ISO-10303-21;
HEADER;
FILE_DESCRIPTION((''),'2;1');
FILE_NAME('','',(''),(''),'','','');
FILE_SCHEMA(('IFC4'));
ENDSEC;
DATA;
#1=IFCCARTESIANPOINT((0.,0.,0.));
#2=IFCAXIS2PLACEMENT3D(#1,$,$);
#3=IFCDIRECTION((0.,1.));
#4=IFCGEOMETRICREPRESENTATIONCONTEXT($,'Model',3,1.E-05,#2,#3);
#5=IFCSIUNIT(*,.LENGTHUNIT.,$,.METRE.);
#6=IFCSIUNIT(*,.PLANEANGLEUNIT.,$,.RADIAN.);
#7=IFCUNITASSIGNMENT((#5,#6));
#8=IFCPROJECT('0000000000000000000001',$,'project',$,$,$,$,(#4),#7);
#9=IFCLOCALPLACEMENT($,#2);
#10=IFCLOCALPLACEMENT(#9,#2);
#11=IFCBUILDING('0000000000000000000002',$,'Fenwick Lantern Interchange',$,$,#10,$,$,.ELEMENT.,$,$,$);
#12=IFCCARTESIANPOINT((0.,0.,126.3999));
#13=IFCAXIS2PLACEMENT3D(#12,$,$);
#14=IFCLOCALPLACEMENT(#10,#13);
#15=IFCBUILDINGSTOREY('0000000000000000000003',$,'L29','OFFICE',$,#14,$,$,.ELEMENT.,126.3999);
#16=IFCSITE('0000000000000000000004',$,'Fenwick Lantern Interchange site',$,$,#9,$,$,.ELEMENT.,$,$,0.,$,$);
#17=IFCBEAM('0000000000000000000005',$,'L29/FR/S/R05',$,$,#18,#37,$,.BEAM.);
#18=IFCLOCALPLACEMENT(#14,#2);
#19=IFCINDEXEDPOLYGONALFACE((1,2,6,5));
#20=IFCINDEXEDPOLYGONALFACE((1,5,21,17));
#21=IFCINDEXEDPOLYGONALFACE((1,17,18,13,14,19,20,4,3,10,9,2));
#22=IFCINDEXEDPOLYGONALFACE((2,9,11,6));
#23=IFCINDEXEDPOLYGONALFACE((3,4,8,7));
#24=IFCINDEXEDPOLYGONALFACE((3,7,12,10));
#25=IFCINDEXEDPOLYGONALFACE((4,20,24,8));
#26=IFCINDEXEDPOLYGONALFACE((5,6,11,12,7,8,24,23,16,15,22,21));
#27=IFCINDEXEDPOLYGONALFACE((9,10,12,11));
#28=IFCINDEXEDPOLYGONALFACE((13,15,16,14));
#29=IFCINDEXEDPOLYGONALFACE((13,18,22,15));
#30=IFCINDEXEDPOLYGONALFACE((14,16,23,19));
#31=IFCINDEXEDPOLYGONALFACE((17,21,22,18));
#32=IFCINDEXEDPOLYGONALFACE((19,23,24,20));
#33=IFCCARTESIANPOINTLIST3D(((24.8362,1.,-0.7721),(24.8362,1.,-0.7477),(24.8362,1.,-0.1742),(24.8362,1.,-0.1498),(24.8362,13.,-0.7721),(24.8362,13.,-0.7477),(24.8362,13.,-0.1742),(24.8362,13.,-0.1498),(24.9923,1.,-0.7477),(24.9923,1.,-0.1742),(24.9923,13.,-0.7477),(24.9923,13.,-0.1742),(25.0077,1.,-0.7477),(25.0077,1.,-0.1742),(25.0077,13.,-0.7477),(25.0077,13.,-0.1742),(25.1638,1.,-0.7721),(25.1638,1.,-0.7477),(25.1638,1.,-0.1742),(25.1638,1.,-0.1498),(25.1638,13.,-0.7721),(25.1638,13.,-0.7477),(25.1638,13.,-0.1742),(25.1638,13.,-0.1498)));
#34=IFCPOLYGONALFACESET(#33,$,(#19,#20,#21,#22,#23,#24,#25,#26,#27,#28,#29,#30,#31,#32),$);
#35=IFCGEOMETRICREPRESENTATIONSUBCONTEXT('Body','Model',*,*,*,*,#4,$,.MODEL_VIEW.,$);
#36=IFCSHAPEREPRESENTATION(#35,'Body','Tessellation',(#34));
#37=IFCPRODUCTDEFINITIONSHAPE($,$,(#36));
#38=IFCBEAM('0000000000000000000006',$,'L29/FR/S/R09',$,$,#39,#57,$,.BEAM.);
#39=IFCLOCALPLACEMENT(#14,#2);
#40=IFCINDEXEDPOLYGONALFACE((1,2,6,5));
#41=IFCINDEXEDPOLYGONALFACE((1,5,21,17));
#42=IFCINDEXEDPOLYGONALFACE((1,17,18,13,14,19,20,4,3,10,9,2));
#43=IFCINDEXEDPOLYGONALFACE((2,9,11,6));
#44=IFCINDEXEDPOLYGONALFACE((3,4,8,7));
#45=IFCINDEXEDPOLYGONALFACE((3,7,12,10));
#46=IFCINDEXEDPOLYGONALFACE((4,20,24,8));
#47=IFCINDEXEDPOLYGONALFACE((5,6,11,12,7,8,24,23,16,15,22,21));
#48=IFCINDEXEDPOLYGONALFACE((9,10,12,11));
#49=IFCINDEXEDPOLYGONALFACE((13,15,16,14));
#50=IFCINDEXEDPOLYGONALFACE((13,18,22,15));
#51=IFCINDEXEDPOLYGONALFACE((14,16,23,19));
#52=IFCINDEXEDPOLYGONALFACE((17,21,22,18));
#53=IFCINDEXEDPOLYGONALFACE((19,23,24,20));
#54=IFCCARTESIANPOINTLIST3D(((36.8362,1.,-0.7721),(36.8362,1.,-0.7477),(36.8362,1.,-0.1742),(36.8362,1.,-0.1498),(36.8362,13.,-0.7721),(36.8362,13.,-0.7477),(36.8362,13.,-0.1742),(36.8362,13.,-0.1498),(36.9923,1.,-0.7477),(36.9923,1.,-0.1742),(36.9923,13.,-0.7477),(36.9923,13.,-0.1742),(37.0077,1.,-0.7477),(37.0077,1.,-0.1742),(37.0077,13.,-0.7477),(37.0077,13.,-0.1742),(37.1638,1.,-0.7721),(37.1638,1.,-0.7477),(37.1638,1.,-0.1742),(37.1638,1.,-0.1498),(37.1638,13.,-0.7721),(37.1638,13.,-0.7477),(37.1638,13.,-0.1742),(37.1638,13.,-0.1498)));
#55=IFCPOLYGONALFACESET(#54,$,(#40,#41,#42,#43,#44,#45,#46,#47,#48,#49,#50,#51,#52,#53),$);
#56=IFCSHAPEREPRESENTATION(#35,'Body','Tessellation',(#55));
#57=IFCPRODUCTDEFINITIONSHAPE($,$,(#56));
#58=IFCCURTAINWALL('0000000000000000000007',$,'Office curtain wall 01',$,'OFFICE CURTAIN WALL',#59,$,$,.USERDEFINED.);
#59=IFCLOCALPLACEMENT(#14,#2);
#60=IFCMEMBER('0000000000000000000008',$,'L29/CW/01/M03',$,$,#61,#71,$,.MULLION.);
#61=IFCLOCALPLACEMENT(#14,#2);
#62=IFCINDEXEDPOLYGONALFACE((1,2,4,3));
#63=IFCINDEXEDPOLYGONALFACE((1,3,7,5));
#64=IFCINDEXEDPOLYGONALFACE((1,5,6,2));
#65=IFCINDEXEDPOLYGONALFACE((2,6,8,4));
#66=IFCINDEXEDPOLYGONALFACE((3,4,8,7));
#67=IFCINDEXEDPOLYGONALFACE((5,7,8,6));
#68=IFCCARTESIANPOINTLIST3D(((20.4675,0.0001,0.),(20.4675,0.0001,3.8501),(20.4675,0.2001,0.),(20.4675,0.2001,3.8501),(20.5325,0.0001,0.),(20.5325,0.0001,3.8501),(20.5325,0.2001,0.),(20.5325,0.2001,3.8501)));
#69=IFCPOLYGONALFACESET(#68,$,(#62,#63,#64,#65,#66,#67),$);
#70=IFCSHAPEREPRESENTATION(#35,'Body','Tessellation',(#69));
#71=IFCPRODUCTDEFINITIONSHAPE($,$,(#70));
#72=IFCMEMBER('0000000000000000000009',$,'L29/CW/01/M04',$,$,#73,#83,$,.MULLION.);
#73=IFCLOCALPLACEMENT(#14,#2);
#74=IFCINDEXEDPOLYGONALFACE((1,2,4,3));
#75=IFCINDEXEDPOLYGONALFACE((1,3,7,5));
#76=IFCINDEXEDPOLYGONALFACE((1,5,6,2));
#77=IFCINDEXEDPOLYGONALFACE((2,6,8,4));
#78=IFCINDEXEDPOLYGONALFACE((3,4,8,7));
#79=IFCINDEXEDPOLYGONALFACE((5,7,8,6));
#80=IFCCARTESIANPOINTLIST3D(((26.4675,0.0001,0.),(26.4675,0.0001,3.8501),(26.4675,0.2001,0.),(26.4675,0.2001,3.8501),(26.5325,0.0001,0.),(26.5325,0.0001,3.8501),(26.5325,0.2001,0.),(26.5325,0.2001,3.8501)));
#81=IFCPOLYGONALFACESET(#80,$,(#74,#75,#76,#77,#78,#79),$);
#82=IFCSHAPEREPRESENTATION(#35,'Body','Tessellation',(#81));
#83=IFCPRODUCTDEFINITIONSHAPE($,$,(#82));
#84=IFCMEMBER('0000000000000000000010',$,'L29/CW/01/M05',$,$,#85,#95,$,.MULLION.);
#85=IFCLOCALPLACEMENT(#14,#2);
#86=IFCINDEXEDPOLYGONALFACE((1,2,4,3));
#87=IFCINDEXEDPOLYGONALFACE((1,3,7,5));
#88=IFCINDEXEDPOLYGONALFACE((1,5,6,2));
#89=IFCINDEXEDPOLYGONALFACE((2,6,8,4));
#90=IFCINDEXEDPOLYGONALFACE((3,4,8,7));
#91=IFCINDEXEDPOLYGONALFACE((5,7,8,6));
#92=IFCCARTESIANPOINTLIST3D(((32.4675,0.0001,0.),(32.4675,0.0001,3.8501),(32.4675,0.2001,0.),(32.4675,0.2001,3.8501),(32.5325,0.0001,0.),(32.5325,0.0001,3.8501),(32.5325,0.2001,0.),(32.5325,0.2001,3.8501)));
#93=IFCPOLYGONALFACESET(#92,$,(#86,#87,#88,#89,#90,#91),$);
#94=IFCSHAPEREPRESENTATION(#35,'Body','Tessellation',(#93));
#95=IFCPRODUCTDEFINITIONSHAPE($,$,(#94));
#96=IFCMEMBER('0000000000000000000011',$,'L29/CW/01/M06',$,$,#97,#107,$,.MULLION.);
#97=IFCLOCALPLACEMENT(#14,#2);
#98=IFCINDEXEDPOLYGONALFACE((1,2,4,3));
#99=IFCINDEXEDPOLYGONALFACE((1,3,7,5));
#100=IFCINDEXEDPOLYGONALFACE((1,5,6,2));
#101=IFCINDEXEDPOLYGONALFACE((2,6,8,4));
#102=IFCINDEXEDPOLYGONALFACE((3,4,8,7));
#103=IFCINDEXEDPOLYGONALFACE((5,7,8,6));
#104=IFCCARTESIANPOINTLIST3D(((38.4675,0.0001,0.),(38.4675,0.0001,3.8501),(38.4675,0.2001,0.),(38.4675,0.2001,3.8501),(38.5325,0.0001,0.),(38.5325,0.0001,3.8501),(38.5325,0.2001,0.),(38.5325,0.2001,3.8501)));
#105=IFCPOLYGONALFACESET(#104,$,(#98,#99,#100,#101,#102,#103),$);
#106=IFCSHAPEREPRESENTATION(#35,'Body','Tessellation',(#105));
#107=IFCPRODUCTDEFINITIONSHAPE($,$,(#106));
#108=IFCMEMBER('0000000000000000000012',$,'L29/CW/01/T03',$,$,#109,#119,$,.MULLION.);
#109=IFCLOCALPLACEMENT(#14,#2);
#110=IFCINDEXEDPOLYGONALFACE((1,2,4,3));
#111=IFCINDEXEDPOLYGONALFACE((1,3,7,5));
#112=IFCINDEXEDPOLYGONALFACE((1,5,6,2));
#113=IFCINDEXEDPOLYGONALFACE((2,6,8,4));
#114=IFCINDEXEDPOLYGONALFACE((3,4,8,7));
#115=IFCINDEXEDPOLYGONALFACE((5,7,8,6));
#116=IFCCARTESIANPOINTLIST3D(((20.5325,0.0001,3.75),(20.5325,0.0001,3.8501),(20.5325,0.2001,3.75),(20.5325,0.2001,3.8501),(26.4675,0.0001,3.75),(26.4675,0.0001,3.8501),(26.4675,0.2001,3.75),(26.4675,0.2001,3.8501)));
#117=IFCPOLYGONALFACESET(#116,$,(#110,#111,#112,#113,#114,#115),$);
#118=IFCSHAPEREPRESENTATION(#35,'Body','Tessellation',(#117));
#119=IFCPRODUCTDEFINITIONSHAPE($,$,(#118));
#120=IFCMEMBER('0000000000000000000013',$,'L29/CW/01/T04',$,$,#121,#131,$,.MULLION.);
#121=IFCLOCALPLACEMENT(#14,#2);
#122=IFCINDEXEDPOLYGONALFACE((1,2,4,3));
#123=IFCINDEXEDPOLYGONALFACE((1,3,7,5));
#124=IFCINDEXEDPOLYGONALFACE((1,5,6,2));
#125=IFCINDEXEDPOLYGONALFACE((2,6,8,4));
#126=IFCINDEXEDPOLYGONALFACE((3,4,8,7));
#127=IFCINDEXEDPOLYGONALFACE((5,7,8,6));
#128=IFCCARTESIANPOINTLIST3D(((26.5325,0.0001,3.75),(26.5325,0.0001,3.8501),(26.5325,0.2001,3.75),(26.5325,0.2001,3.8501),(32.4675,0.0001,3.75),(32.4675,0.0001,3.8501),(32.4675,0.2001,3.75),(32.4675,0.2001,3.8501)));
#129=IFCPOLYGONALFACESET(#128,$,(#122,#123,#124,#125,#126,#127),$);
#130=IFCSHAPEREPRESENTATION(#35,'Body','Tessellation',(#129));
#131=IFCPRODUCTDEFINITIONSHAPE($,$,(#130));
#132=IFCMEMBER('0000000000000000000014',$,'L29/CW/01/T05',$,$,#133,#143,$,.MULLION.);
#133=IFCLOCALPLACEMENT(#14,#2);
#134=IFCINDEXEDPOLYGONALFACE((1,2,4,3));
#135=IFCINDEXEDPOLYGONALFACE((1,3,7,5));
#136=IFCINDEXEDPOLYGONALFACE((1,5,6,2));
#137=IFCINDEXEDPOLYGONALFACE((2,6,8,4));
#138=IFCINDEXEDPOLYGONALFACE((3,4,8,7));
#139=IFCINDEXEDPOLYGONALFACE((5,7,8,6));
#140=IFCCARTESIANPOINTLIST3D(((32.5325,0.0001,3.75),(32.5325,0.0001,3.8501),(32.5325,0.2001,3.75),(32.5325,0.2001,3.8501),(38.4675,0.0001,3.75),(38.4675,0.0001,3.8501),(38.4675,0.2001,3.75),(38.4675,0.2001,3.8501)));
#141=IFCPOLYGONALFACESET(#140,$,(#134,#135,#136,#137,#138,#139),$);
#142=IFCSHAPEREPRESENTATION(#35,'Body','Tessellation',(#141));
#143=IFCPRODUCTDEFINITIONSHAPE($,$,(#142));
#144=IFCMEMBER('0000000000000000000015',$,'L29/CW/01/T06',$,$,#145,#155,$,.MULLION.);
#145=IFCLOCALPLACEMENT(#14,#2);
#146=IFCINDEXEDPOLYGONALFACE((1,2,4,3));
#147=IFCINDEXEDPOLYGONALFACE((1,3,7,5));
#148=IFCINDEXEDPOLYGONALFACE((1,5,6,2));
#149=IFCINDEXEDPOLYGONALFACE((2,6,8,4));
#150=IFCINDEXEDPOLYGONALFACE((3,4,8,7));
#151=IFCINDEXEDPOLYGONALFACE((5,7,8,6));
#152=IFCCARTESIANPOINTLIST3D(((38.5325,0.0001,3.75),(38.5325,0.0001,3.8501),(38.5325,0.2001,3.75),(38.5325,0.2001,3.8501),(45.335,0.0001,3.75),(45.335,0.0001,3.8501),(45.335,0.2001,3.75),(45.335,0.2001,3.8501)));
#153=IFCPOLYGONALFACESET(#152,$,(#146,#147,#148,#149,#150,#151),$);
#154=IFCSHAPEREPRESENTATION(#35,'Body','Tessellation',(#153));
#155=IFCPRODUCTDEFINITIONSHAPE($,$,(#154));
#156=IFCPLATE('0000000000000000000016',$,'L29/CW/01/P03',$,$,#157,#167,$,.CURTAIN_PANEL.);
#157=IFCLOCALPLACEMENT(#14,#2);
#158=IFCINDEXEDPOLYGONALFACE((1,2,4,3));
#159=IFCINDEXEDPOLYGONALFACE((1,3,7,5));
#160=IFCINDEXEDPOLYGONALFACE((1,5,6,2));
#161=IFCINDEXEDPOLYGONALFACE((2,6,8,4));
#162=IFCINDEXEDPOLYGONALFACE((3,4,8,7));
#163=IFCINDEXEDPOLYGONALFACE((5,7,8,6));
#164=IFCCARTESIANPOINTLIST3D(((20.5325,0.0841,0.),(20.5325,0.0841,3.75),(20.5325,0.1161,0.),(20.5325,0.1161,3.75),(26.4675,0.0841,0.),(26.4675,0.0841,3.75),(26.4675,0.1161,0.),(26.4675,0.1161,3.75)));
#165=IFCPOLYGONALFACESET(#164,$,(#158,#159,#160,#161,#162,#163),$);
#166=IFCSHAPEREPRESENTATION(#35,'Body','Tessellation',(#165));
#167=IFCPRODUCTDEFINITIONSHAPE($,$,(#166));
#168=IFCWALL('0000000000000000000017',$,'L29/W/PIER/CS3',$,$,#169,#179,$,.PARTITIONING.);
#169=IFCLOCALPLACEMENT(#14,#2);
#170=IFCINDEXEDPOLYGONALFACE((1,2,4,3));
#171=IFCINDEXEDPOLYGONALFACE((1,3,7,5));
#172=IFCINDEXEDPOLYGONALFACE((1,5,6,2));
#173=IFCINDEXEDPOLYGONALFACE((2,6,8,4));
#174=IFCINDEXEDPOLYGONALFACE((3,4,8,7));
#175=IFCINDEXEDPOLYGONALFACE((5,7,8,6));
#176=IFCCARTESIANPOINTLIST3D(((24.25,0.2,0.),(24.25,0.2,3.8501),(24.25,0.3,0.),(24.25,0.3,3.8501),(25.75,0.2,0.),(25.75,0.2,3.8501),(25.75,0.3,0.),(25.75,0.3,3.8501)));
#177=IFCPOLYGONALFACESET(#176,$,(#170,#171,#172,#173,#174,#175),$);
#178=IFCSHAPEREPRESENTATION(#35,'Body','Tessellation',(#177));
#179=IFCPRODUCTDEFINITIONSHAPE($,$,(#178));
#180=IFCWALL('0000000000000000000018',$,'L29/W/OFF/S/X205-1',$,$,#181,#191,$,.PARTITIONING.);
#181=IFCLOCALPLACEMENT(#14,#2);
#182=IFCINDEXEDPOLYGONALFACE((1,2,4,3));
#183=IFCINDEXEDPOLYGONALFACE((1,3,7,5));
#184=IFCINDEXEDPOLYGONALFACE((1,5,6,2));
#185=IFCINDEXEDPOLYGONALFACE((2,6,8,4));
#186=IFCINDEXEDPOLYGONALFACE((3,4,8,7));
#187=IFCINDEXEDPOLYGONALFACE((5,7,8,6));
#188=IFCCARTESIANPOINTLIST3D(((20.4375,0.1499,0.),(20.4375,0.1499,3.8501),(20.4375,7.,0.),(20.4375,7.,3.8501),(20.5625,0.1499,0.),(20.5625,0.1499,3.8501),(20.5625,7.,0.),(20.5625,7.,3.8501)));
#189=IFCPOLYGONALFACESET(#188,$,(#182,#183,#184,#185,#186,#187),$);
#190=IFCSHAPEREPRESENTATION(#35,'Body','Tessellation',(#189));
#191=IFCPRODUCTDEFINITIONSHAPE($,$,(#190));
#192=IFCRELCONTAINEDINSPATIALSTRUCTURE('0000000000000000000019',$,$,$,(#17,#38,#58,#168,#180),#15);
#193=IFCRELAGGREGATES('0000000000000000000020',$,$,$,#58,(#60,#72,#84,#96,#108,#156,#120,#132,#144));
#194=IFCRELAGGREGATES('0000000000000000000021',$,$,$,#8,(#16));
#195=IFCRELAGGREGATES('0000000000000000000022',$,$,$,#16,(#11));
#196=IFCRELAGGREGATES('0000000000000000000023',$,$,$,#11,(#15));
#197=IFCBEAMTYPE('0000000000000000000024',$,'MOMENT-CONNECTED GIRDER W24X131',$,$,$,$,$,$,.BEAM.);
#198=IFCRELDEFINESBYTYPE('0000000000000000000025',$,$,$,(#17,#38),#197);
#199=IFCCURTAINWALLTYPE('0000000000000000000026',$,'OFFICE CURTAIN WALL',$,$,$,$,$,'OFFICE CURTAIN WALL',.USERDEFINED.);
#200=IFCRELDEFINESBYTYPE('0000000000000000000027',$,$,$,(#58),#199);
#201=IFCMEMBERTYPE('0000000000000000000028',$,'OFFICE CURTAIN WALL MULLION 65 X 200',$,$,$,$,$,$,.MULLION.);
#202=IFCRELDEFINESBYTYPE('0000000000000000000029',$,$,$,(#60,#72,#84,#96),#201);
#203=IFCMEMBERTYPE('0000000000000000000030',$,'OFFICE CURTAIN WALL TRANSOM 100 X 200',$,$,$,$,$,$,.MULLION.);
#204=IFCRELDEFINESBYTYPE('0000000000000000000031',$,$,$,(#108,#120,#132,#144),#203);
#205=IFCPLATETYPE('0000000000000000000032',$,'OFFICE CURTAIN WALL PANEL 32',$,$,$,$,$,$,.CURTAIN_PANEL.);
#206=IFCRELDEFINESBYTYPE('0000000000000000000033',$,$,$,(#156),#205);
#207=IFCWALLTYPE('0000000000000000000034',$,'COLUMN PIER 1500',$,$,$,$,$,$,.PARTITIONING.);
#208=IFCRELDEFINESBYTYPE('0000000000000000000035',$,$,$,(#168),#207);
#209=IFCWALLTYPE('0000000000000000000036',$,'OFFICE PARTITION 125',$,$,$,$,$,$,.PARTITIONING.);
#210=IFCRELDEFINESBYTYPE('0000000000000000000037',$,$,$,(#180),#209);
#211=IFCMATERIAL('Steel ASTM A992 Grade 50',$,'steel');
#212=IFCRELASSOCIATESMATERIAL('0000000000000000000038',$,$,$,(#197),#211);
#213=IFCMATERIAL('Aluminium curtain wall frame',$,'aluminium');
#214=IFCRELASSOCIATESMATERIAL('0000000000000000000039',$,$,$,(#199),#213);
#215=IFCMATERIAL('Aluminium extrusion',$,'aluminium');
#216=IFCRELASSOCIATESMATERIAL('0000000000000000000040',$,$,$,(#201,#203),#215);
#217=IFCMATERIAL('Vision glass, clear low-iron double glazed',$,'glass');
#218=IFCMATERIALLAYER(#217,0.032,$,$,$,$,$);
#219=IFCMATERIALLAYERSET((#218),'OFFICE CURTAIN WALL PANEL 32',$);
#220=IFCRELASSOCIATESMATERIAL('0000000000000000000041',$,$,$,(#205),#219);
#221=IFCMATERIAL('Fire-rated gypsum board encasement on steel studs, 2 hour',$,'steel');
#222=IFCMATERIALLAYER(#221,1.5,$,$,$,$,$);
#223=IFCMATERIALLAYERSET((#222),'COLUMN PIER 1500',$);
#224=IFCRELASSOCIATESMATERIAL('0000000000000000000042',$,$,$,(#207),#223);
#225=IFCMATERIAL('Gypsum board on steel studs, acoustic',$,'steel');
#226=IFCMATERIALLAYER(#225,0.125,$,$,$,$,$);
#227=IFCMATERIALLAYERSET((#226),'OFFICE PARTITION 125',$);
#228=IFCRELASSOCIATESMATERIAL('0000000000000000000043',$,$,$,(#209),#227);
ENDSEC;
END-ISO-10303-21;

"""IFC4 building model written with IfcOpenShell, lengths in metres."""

from ifc_helpers import new_model, si_unit, direction, frame, frame_2d, origin, origin_2d, place, context, subcontext, project, spatial, rectangle, i_section, extrude, material, layer, layer_set, material_profile, profile_set, type_object, element, aggregate, save


model = new_model("IFC4")

# Units and contexts
model_context = context("Model", 3, precision=1e-05, world=origin(), true_north=direction((0.0, 1.0)))
body_context = subcontext(model_context, "Body", "Model", "MODEL_VIEW")
ifc_project = project(units=[si_unit("LENGTHUNIT", "METRE"), si_unit("PLANEANGLEUNIT", "RADIAN")], contexts=[model_context])

# Site, building, storey
site_placement = place(None, origin())
site = spatial("IfcSite", under=ifc_project, at=site_placement, Name="Fenwick Lantern Interchange site", CompositionType="ELEMENT", RefElevation=0.0)
building_placement = place(site_placement, origin())
building = spatial("IfcBuilding", under=site, at=building_placement, Name="Fenwick Lantern Interchange", CompositionType="ELEMENT")
storey_placement = place(building_placement, frame((0.0, 0.0, 126.3999)))
storey = spatial("IfcBuildingStorey", under=building, at=storey_placement, Name="L29", Description="OFFICE", CompositionType="ELEMENT", Elevation=126.3999)

# Beams
ifc_material_1 = material(Name="Steel ASTM A992 Grade 50", Category="steel")
ifc_material_profile_1 = material_profile(ifc_material_1, i_section(OverallWidth=0.3276, OverallDepth=0.6223, WebThickness=0.0154, FlangeThickness=0.0244, at=origin_2d()), Name="W24X131")
ifc_profile_set_1 = profile_set([ifc_material_profile_1], Name="Steel ASTM A992 Grade 50")
beam_type_1 = type_object("IfcBeamType", Name="MOMENT-CONNECTED GIRDER W24X131", PredefinedType="BEAM", material=ifc_profile_set_1)
for number, where, z_axis, x_axis, name in (
    (1, (25.0, 1.0, -0.4609), (0.0, 1.0, 0.0), (-1.0, 0.0, 0.0), "L29/FR/S/R05"),
    (2, (37.0, 1.0, -0.4609), (0.0, 1.0, 0.0), (-1.0, 0.0, 0.0), "L29/FR/S/R09"),
):
    element("IfcBeam", number, at=place(storey_placement, frame(where, z_axis=z_axis, x_axis=x_axis)), inside=storey, type_object=beam_type_1, Name=name, PredefinedType="BEAM", context=body_context, shape_type="SweptSolid", body=[
        extrude(i_section(OverallWidth=0.3276, OverallDepth=0.6223, WebThickness=0.0154, FlangeThickness=0.0244, at=origin_2d()), origin(), (0.0, 0.0, 1.0), 12.0),
    ])

# Curtain wall, members, plate
ifc_material_2 = material(Name="Aluminium curtain wall frame", Category="aluminium")
curtain_wall_type = type_object("IfcCurtainWallType", Name="OFFICE CURTAIN WALL", ElementType="OFFICE CURTAIN WALL", PredefinedType="USERDEFINED", material=ifc_material_2)
curtain_wall_placement = place(storey_placement, origin())
curtain_wall = element("IfcCurtainWall", 3, at=curtain_wall_placement, inside=storey, type_object=curtain_wall_type, Name="Office curtain wall 01", ObjectType="OFFICE CURTAIN WALL", PredefinedType="USERDEFINED")
ifc_material_3 = material(Name="Aluminium extrusion", Category="aluminium")
ifc_material_profile_2 = material_profile(ifc_material_3, rectangle(XDim=0.2, YDim=0.0649, at=origin_2d()), Name="OFFICE CURTAIN WALL MULLION 65 X 200")
ifc_profile_set_2 = profile_set([ifc_material_profile_2], Name="Aluminium extrusion")
member_type_1 = type_object("IfcMemberType", Name="OFFICE CURTAIN WALL MULLION 65 X 200", PredefinedType="MULLION", material=ifc_profile_set_2)
member_1_placement = place(storey_placement, frame((20.5, 0.1001, 0.0), z_axis=(0.0, 0.0, 1.0), x_axis=(0.0, 1.0, 0.0)))
member_1 = element("IfcMember", 4, at=member_1_placement, type_object=member_type_1, Name="L29/CW/01/M03", PredefinedType="MULLION", context=body_context, shape_type="SweptSolid", body=[
    extrude(rectangle(XDim=0.2, YDim=0.0649, at=origin_2d()), origin(), (0.0, 0.0, 1.0), 3.8501),
])
member_2_placement = place(storey_placement, frame((26.5, 0.1001, 0.0), z_axis=(0.0, 0.0, 1.0), x_axis=(0.0, 1.0, 0.0)))
member_2 = element("IfcMember", 5, at=member_2_placement, type_object=member_type_1, Name="L29/CW/01/M04", PredefinedType="MULLION", context=body_context, shape_type="SweptSolid", body=[
    extrude(rectangle(XDim=0.2, YDim=0.0649, at=origin_2d()), origin(), (0.0, 0.0, 1.0), 3.8501),
])
member_3_placement = place(storey_placement, frame((32.5, 0.1001, 0.0), z_axis=(0.0, 0.0, 1.0), x_axis=(0.0, 1.0, 0.0)))
member_3 = element("IfcMember", 6, at=member_3_placement, type_object=member_type_1, Name="L29/CW/01/M05", PredefinedType="MULLION", context=body_context, shape_type="SweptSolid", body=[
    extrude(rectangle(XDim=0.2, YDim=0.0649, at=origin_2d()), origin(), (0.0, 0.0, 1.0), 3.8501),
])
member_4_placement = place(storey_placement, frame((38.5, 0.1001, 0.0), z_axis=(0.0, 0.0, 1.0), x_axis=(0.0, 1.0, 0.0)))
member_4 = element("IfcMember", 7, at=member_4_placement, type_object=member_type_1, Name="L29/CW/01/M06", PredefinedType="MULLION", context=body_context, shape_type="SweptSolid", body=[
    extrude(rectangle(XDim=0.2, YDim=0.0649, at=origin_2d()), origin(), (0.0, 0.0, 1.0), 3.8501),
])
ifc_material_profile_3 = material_profile(ifc_material_3, rectangle(XDim=0.2, YDim=0.1001, at=origin_2d()), Name="OFFICE CURTAIN WALL TRANSOM 100 X 200")
ifc_profile_set_3 = profile_set([ifc_material_profile_3], Name="Aluminium extrusion")
member_type_2 = type_object("IfcMemberType", Name="OFFICE CURTAIN WALL TRANSOM 100 X 200", PredefinedType="MULLION", material=ifc_profile_set_3)
member_5_placement = place(storey_placement, frame((20.5325, 0.1001, 3.8), z_axis=(1.0, 0.0, 0.0), x_axis=(0.0, 1.0, 0.0)))
member_5 = element("IfcMember", 8, at=member_5_placement, type_object=member_type_2, Name="L29/CW/01/T03", PredefinedType="MULLION", context=body_context, shape_type="SweptSolid", body=[
    extrude(rectangle(XDim=0.2, YDim=0.1001, at=origin_2d()), origin(), (0.0, 0.0, 1.0), 5.9351),
])
member_6_placement = place(storey_placement, frame((26.5325, 0.1001, 3.8), z_axis=(1.0, 0.0, 0.0), x_axis=(0.0, 1.0, 0.0)))
member_6 = element("IfcMember", 9, at=member_6_placement, type_object=member_type_2, Name="L29/CW/01/T04", PredefinedType="MULLION", context=body_context, shape_type="SweptSolid", body=[
    extrude(rectangle(XDim=0.2, YDim=0.1001, at=origin_2d()), origin(), (0.0, 0.0, 1.0), 5.9351),
])
member_7_placement = place(storey_placement, frame((32.5325, 0.1001, 3.8), z_axis=(1.0, 0.0, 0.0), x_axis=(0.0, 1.0, 0.0)))
member_7 = element("IfcMember", 10, at=member_7_placement, type_object=member_type_2, Name="L29/CW/01/T05", PredefinedType="MULLION", context=body_context, shape_type="SweptSolid", body=[
    extrude(rectangle(XDim=0.2, YDim=0.1001, at=origin_2d()), origin(), (0.0, 0.0, 1.0), 5.9351),
])
member_8_placement = place(storey_placement, frame((38.5325, 0.1001, 3.8), z_axis=(1.0, 0.0, 0.0), x_axis=(0.0, 1.0, 0.0)))
member_8 = element("IfcMember", 11, at=member_8_placement, type_object=member_type_2, Name="L29/CW/01/T06", PredefinedType="MULLION", context=body_context, shape_type="SweptSolid", body=[
    extrude(rectangle(XDim=0.2, YDim=0.1001, at=origin_2d()), origin(), (0.0, 0.0, 1.0), 6.8025),
])
ifc_material_4 = material(Name="Vision glass, clear low-iron double glazed", Category="glass")
ifc_layer_1 = layer(ifc_material_4, 0.032)
ifc_layer_set_1 = layer_set([ifc_layer_1], Name="OFFICE CURTAIN WALL PANEL 32")
plate_type = type_object("IfcPlateType", Name="OFFICE CURTAIN WALL PANEL 32", PredefinedType="CURTAIN_PANEL", material=ifc_layer_set_1)
plate_placement = place(storey_placement, frame((23.5, 0.1001, 0.0), z_axis=(0.0, 0.0, 1.0), x_axis=(1.0, 0.0, 0.0)))
plate = element("IfcPlate", 12, at=plate_placement, type_object=plate_type, Name="L29/CW/01/P03", PredefinedType="CURTAIN_PANEL", context=body_context, shape_type="SweptSolid", body=[
    extrude(rectangle(XDim=5.9351, YDim=0.032, at=origin_2d()), origin(), (0.0, 0.0, 1.0), 3.75),
])
aggregate(curtain_wall, [member_1, member_2, member_3, member_4, member_5, plate, member_6, member_7, member_8])

# Walls
ifc_material_5 = material(Name="Fire-rated gypsum board encasement on steel studs, 2 hour", Category="steel")
ifc_layer_2 = layer(ifc_material_5, 1.5)
ifc_layer_set_2 = layer_set([ifc_layer_2], Name="COLUMN PIER 1500")
wall_type_1 = type_object("IfcWallType", Name="COLUMN PIER 1500", PredefinedType="PARTITIONING", material=ifc_layer_set_2)
wall_1_placement = place(storey_placement, frame((25.0, 0.2, 0.0), z_axis=(0.0, 0.0, 1.0), x_axis=(0.0, 1.0, 0.0)))
element("IfcWall", 13, at=wall_1_placement, inside=storey, type_object=wall_type_1, Name="L29/W/PIER/CS3", PredefinedType="PARTITIONING", context=body_context, shape_type="SweptSolid", body=[
    extrude(rectangle(XDim=0.1001, YDim=1.5, at=frame_2d((0.05, 0.0))), origin(), (0.0, 0.0, 1.0), 3.8501),
])
ifc_material_6 = material(Name="Gypsum board on steel studs, acoustic", Category="steel")
ifc_layer_3 = layer(ifc_material_6, 0.125)
ifc_layer_set_3 = layer_set([ifc_layer_3], Name="OFFICE PARTITION 125")
wall_type_2 = type_object("IfcWallType", Name="OFFICE PARTITION 125", PredefinedType="PARTITIONING", material=ifc_layer_set_3)
for number, where, z_axis, x_axis, name in (
    (14, (20.5, 0.1499, 0.0), (0.0, 0.0, 1.0), (0.0, 1.0, 0.0), "L29/W/OFF/S/X205-1"),
):
    element("IfcWall", number, at=place(storey_placement, frame(where, z_axis=z_axis, x_axis=x_axis)), inside=storey, type_object=wall_type_2, Name=name, PredefinedType="PARTITIONING", context=body_context, shape_type="SweptSolid", body=[
        extrude(rectangle(XDim=6.8501, YDim=0.125, at=frame_2d((3.425, 0.0))), origin(), (0.0, 0.0, 1.0), 3.8501),
    ])

save(model, "model.ifc")
